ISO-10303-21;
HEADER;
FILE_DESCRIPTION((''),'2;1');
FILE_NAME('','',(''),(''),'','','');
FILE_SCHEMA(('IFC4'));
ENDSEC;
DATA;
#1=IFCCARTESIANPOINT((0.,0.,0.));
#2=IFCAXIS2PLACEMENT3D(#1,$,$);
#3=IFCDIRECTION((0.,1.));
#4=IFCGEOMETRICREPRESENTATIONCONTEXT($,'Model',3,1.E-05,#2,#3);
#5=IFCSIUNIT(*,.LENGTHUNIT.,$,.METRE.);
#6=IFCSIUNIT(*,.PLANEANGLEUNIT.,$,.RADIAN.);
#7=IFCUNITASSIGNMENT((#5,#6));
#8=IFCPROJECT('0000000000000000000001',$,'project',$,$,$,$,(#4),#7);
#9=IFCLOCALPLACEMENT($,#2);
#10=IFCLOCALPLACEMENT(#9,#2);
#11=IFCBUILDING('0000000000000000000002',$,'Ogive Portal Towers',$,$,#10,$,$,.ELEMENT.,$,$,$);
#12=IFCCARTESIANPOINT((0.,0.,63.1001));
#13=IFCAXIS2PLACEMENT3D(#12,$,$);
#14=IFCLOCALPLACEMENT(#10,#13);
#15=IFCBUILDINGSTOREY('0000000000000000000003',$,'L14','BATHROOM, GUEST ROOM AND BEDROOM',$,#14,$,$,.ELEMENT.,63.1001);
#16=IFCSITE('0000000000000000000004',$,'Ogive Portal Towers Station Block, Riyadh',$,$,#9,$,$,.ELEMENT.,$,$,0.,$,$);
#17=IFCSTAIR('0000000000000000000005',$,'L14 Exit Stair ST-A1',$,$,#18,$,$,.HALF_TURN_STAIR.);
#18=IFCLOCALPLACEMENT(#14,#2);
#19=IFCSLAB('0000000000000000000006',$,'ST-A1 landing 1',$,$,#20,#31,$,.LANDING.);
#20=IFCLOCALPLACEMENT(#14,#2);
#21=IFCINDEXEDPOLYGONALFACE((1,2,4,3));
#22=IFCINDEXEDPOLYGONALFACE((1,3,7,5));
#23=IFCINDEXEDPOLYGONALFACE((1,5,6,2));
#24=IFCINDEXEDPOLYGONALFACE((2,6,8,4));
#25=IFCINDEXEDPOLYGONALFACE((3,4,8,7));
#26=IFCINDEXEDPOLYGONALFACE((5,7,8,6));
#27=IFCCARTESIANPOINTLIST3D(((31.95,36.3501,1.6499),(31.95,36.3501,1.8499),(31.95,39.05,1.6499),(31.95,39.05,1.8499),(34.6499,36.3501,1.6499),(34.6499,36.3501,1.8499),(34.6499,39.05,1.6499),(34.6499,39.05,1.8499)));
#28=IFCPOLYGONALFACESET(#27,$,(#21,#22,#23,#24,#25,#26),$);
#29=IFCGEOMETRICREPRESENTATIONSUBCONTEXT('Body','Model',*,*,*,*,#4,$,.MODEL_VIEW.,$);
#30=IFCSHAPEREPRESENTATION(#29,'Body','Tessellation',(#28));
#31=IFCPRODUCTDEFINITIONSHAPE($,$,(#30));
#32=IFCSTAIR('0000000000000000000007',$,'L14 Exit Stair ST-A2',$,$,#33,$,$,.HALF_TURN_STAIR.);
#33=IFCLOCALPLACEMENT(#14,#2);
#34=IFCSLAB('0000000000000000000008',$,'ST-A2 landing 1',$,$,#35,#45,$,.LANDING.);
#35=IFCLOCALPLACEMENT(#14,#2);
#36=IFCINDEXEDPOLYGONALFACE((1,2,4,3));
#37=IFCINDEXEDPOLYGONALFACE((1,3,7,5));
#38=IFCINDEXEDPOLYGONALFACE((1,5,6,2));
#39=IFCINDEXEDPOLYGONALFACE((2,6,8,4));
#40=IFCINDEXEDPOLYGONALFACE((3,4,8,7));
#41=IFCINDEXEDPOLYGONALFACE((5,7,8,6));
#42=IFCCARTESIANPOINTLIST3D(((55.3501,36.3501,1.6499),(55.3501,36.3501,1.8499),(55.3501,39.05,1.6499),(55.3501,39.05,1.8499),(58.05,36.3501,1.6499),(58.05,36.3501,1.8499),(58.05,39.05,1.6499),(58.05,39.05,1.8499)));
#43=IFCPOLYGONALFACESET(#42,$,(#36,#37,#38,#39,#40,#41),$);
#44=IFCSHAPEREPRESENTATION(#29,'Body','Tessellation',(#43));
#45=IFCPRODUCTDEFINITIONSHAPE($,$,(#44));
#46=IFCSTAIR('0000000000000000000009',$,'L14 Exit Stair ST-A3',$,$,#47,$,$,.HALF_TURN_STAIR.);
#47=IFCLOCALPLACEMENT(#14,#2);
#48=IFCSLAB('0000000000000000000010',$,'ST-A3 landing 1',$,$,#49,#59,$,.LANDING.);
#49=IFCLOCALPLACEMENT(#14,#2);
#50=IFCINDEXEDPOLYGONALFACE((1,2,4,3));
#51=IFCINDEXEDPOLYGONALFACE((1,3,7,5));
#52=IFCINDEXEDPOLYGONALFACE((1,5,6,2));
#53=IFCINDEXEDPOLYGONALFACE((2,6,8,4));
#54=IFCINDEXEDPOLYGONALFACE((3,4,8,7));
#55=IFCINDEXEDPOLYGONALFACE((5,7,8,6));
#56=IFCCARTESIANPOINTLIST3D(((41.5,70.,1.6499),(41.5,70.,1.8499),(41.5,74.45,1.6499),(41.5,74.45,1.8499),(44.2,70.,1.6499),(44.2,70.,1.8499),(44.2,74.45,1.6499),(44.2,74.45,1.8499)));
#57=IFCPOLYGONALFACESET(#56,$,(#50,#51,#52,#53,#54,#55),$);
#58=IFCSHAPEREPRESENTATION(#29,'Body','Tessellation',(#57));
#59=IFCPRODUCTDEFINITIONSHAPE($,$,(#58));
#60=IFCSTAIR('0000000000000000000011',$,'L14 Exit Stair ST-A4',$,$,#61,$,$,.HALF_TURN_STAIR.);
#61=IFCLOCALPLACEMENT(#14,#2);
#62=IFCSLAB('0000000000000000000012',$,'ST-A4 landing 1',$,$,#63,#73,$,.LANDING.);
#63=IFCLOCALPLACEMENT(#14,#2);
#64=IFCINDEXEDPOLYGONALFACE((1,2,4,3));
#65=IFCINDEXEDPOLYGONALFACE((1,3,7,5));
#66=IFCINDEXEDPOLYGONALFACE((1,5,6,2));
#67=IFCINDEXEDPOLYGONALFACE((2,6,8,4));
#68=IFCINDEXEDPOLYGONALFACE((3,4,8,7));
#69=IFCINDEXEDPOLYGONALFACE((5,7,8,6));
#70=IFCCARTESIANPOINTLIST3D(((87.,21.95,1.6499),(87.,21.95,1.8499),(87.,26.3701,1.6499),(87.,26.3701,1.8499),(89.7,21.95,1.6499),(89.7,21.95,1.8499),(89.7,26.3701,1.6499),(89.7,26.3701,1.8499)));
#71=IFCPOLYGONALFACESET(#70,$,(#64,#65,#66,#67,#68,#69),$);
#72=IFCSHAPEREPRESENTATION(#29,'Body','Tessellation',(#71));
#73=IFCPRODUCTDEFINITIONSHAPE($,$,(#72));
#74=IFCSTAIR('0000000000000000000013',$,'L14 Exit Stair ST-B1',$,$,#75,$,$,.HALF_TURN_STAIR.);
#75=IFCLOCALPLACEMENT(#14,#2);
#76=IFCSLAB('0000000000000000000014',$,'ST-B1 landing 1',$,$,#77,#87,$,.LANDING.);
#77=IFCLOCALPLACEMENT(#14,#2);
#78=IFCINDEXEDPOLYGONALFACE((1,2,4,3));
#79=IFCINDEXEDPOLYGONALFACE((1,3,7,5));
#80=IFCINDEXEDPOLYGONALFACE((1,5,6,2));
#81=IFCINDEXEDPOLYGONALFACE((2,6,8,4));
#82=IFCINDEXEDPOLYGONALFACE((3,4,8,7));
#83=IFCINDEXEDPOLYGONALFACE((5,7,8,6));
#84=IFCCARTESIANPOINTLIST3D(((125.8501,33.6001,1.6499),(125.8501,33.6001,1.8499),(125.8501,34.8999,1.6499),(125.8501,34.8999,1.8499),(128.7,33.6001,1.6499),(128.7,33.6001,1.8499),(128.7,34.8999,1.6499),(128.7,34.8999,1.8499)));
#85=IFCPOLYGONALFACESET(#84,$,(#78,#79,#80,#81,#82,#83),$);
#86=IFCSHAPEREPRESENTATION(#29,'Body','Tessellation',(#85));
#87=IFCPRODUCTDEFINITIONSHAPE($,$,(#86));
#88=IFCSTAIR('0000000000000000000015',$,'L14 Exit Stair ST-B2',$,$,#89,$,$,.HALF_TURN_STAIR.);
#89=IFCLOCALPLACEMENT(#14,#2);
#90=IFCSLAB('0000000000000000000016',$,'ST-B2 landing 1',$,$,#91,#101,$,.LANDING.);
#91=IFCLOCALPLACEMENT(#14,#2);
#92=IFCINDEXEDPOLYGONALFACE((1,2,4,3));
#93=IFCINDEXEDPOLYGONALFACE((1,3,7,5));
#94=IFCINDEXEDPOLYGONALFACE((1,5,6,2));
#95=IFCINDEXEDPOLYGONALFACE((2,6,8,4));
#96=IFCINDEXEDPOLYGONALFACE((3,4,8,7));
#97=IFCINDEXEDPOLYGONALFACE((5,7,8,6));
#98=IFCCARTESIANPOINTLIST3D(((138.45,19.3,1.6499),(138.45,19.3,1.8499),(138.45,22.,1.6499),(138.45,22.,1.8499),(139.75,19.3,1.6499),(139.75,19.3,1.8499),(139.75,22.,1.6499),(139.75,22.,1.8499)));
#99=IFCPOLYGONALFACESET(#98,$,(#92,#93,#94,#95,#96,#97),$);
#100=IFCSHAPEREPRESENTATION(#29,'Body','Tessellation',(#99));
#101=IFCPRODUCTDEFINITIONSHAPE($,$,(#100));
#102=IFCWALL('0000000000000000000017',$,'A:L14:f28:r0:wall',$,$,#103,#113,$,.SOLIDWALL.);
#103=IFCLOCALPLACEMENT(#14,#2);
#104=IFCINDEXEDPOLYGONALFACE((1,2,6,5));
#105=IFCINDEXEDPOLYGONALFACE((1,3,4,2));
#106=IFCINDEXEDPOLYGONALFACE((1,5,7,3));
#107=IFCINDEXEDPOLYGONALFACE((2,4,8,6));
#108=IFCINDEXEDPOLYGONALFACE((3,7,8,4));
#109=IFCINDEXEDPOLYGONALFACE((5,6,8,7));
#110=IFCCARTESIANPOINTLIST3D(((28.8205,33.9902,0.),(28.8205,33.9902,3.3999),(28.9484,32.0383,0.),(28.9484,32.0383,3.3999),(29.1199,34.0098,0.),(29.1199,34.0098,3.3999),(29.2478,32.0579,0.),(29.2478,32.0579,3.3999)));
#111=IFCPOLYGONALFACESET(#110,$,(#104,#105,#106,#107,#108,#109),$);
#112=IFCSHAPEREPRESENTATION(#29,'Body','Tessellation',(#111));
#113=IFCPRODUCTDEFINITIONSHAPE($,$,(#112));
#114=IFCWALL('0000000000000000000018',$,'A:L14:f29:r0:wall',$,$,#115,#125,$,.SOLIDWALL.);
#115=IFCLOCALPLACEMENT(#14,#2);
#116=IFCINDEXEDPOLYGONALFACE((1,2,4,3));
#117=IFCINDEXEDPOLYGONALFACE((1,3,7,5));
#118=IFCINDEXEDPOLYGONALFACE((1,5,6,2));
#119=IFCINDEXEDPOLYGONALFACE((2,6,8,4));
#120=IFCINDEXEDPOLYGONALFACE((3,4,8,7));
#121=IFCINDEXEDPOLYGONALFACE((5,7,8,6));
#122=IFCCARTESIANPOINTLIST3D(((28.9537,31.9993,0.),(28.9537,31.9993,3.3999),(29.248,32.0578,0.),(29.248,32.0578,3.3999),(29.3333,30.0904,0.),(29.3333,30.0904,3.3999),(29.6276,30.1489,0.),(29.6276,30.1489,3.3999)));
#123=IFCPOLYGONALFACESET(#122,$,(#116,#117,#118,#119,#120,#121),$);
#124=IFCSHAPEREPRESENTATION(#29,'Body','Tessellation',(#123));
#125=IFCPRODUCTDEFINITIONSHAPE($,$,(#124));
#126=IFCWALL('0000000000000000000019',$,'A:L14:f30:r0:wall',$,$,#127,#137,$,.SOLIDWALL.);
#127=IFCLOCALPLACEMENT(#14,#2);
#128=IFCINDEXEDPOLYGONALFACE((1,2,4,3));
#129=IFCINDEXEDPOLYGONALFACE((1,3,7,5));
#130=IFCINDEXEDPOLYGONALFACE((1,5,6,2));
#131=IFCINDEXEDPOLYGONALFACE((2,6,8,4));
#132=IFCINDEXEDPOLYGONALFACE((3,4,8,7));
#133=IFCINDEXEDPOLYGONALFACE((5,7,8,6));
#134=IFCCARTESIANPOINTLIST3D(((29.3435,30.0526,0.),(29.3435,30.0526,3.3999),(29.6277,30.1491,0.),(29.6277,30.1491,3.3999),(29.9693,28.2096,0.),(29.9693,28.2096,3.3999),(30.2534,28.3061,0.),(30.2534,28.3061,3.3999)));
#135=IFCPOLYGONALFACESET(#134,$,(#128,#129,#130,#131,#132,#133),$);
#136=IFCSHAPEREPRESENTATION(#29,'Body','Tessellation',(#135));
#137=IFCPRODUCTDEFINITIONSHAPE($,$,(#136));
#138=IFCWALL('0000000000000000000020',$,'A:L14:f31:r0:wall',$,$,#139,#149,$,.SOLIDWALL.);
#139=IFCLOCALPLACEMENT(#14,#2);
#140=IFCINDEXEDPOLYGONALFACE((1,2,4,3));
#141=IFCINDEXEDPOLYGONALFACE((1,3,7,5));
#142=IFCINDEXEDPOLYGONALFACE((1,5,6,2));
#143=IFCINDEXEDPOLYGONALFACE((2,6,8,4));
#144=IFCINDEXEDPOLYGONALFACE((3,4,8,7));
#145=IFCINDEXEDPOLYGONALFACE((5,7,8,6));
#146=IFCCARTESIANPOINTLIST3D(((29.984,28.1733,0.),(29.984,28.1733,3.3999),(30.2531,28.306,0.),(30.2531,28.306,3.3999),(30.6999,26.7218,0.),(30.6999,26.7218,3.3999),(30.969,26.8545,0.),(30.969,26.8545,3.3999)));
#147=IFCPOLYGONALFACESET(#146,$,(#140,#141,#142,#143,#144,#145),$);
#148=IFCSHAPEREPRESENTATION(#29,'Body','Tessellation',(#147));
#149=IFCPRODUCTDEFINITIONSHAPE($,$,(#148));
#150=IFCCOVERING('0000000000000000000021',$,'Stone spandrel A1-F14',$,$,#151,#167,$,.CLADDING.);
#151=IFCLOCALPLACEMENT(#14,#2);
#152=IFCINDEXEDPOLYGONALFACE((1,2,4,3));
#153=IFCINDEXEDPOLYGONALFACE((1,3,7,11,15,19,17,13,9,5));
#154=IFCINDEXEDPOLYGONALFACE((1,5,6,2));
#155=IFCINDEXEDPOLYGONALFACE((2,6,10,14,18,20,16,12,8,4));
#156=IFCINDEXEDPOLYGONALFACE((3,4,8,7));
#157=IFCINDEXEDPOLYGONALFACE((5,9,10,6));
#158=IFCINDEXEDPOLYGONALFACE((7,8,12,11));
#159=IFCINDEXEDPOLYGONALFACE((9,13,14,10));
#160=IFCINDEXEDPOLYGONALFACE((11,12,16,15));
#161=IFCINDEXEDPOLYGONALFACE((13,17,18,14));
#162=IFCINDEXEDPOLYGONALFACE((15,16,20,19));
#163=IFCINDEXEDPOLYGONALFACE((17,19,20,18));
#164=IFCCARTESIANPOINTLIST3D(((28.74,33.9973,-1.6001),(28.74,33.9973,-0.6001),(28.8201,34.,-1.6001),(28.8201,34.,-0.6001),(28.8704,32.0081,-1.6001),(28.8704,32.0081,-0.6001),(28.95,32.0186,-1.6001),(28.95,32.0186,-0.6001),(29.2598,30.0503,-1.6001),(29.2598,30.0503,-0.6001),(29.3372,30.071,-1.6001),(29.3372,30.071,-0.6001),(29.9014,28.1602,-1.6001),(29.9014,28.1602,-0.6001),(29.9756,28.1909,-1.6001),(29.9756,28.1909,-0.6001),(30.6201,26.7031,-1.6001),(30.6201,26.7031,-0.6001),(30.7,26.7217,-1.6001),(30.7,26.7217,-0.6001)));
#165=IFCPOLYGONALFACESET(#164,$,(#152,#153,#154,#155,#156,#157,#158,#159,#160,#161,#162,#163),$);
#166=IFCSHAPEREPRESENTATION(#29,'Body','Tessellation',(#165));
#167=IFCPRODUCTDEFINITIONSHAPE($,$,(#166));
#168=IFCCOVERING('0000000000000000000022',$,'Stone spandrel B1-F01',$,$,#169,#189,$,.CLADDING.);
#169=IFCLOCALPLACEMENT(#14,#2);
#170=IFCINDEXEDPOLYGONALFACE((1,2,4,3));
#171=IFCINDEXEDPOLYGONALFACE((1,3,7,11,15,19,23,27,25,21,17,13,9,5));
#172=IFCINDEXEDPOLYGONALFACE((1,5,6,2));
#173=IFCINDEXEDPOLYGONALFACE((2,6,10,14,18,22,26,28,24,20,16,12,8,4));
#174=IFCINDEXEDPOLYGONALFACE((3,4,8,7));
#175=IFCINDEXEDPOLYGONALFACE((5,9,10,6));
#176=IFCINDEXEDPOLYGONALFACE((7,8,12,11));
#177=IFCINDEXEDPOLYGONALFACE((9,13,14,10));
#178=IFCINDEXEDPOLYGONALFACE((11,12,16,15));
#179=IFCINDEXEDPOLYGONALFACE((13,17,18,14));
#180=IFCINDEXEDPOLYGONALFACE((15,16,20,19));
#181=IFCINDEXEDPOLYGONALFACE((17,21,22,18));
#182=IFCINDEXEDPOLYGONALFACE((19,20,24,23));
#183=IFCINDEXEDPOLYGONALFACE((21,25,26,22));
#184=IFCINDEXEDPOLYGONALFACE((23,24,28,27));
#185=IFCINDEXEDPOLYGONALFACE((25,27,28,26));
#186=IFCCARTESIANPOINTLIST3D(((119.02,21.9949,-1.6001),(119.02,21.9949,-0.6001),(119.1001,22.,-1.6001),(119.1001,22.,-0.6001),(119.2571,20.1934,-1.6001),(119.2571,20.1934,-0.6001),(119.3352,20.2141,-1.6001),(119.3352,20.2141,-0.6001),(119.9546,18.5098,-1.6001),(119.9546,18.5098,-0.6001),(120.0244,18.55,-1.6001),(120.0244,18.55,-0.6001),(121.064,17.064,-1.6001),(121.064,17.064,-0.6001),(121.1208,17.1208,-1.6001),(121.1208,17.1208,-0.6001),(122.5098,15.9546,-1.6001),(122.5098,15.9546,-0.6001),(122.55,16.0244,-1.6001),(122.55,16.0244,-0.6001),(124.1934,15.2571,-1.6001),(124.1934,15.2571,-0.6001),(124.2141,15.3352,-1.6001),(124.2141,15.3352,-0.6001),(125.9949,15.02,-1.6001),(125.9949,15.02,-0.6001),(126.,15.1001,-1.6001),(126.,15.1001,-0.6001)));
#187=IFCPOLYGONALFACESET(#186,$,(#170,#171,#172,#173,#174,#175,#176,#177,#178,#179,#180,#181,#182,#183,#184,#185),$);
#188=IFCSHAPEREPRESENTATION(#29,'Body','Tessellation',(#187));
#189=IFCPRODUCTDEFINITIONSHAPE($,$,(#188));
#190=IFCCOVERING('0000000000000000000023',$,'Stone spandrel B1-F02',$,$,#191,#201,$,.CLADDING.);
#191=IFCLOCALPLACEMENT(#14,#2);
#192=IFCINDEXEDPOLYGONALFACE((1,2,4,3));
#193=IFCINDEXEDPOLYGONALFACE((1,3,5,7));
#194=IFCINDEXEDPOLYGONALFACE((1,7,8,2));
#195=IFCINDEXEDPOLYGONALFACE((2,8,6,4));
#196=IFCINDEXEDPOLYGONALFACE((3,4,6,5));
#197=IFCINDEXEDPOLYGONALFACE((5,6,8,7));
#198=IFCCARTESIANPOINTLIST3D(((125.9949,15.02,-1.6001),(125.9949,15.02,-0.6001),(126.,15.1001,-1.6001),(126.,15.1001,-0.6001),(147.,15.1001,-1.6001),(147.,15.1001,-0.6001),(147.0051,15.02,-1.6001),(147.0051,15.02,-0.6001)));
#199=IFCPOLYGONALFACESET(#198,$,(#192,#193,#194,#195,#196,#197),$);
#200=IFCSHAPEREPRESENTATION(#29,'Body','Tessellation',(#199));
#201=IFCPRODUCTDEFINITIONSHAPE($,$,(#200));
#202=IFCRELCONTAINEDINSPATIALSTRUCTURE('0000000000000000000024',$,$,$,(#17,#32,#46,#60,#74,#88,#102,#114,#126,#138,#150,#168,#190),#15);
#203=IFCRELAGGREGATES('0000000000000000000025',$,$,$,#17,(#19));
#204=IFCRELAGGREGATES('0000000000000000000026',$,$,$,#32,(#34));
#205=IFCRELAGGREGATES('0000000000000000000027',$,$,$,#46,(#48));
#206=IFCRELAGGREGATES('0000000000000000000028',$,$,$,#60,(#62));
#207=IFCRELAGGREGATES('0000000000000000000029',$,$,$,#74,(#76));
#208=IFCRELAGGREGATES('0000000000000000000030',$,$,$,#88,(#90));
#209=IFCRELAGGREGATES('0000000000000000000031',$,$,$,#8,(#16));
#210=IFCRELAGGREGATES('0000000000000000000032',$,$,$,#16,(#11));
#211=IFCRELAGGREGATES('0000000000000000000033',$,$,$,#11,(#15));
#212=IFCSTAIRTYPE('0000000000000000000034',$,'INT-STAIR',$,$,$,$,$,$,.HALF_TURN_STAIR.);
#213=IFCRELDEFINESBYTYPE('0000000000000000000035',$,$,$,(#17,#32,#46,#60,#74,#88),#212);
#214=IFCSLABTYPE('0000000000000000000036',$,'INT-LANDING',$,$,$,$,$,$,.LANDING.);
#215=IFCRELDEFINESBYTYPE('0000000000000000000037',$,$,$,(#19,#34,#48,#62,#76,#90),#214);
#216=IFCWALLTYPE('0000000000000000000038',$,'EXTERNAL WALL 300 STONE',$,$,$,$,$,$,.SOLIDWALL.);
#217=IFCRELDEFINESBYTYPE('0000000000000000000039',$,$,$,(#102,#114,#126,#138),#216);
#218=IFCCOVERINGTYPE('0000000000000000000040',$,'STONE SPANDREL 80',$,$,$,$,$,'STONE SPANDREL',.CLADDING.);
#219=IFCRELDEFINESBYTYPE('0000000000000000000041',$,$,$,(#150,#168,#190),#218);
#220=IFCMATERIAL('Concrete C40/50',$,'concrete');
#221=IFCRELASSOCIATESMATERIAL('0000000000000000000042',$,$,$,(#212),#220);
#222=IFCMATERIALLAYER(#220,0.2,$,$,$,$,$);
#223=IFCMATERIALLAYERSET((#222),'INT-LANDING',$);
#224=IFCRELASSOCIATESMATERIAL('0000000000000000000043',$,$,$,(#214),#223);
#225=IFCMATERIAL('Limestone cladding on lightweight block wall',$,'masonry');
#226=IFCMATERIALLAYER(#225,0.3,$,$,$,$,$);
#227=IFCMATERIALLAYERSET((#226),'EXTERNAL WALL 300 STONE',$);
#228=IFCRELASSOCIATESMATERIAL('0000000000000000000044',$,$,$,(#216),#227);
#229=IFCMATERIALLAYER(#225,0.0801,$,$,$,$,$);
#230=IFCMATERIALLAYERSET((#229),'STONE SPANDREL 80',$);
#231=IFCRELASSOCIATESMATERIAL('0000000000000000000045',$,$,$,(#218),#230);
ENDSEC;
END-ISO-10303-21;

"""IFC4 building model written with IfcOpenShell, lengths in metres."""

from ifc_helpers import new_model, si_unit, direction, frame, frame_2d, origin, place, context, subcontext, project, spatial, polyline, rectangle, outline, extrude, material, layer, layer_set, type_object, element, aggregate, save


model = new_model("IFC4")

# Units and contexts
model_context = context("Model", 3, precision=1e-05, world=origin(), true_north=direction((0.0, 1.0)))
body_context = subcontext(model_context, "Body", "Model", "MODEL_VIEW")
ifc_project = project(units=[si_unit("LENGTHUNIT", "METRE"), si_unit("PLANEANGLEUNIT", "RADIAN")], contexts=[model_context])

# Site, building, storey
site_placement = place(None, origin())
site = spatial("IfcSite", under=ifc_project, at=site_placement, Name="Ogive Portal Towers Station Block, Riyadh", CompositionType="ELEMENT", RefElevation=0.0)
building_placement = place(site_placement, origin())
building = spatial("IfcBuilding", under=site, at=building_placement, Name="Ogive Portal Towers", CompositionType="ELEMENT")
storey_placement = place(building_placement, frame((0.0, 0.0, 63.1001)))
storey = spatial("IfcBuildingStorey", under=building, at=storey_placement, Name="L14", Description="BATHROOM, GUEST ROOM AND BEDROOM", CompositionType="ELEMENT", Elevation=63.1001)

# Stairs, slabs
ifc_material_1 = material(Name="Concrete C40/50", Category="concrete")
stair_type = type_object("IfcStairType", Name="INT-STAIR", PredefinedType="HALF_TURN_STAIR", material=ifc_material_1)
stair_1_placement = place(storey_placement, origin())
stair_1 = element("IfcStair", 1, at=stair_1_placement, inside=storey, type_object=stair_type, Name="L14 Exit Stair ST-A1", PredefinedType="HALF_TURN_STAIR")
ifc_layer_1 = layer(ifc_material_1, 0.2)
ifc_layer_set_1 = layer_set([ifc_layer_1], Name="INT-LANDING")
slab_type = type_object("IfcSlabType", Name="INT-LANDING", PredefinedType="LANDING", material=ifc_layer_set_1)
slab_1_placement = place(storey_placement, frame((0.0, 0.0, 1.6499)))
slab_1 = element("IfcSlab", 2, at=slab_1_placement, type_object=slab_type, Name="ST-A1 landing 1", PredefinedType="LANDING", context=body_context, shape_type="SweptSolid", body=[
    extrude(outline(polyline([(34.6499, 39.05), (31.95, 39.05), (31.95, 36.3501), (34.6499, 36.3501), (34.6499, 39.05)])), origin(), (0.0, 0.0, 1.0), 0.2),
])
aggregate(stair_1, [slab_1])
stair_2_placement = place(storey_placement, origin())
stair_2 = element("IfcStair", 3, at=stair_2_placement, inside=storey, type_object=stair_type, Name="L14 Exit Stair ST-A2", PredefinedType="HALF_TURN_STAIR")
slab_2_placement = place(storey_placement, frame((0.0, 0.0, 1.6499)))
slab_2 = element("IfcSlab", 4, at=slab_2_placement, type_object=slab_type, Name="ST-A2 landing 1", PredefinedType="LANDING", context=body_context, shape_type="SweptSolid", body=[
    extrude(outline(polyline([(55.3501, 36.3501), (58.05, 36.3501), (58.05, 39.05), (55.3501, 39.05), (55.3501, 36.3501)])), origin(), (0.0, 0.0, 1.0), 0.2),
])
aggregate(stair_2, [slab_2])
stair_3_placement = place(storey_placement, origin())
stair_3 = element("IfcStair", 5, at=stair_3_placement, inside=storey, type_object=stair_type, Name="L14 Exit Stair ST-A3", PredefinedType="HALF_TURN_STAIR")
slab_3_placement = place(storey_placement, frame((0.0, 0.0, 1.6499)))
slab_3 = element("IfcSlab", 6, at=slab_3_placement, type_object=slab_type, Name="ST-A3 landing 1", PredefinedType="LANDING", context=body_context, shape_type="SweptSolid", body=[
    extrude(outline(polyline([(44.2, 70.0), (44.2, 74.45), (41.5, 74.45), (41.5, 70.0), (44.2, 70.0)])), origin(), (0.0, 0.0, 1.0), 0.2),
])
aggregate(stair_3, [slab_3])
stair_4_placement = place(storey_placement, origin())
stair_4 = element("IfcStair", 7, at=stair_4_placement, inside=storey, type_object=stair_type, Name="L14 Exit Stair ST-A4", PredefinedType="HALF_TURN_STAIR")
slab_4_placement = place(storey_placement, frame((0.0, 0.0, 1.6499)))
slab_4 = element("IfcSlab", 8, at=slab_4_placement, type_object=slab_type, Name="ST-A4 landing 1", PredefinedType="LANDING", context=body_context, shape_type="SweptSolid", body=[
    extrude(outline(polyline([(87.0, 26.3701), (87.0, 21.95), (89.7, 21.95), (89.7, 26.3701), (87.0, 26.3701)])), origin(), (0.0, 0.0, 1.0), 0.2),
])
aggregate(stair_4, [slab_4])
stair_5_placement = place(storey_placement, origin())
stair_5 = element("IfcStair", 9, at=stair_5_placement, inside=storey, type_object=stair_type, Name="L14 Exit Stair ST-B1", PredefinedType="HALF_TURN_STAIR")
slab_5_placement = place(storey_placement, frame((0.0, 0.0, 1.6499)))
slab_5 = element("IfcSlab", 10, at=slab_5_placement, type_object=slab_type, Name="ST-B1 landing 1", PredefinedType="LANDING", context=body_context, shape_type="SweptSolid", body=[
    extrude(outline(polyline([(128.7, 33.6001), (128.7, 34.8999), (125.8501, 34.8999), (125.8501, 33.6001), (128.7, 33.6001)])), origin(), (0.0, 0.0, 1.0), 0.2),
])
aggregate(stair_5, [slab_5])
stair_6_placement = place(storey_placement, origin())
stair_6 = element("IfcStair", 11, at=stair_6_placement, inside=storey, type_object=stair_type, Name="L14 Exit Stair ST-B2", PredefinedType="HALF_TURN_STAIR")
slab_6_placement = place(storey_placement, frame((0.0, 0.0, 1.6499)))
slab_6 = element("IfcSlab", 12, at=slab_6_placement, type_object=slab_type, Name="ST-B2 landing 1", PredefinedType="LANDING", context=body_context, shape_type="SweptSolid", body=[
    extrude(outline(polyline([(139.75, 22.0), (138.45, 22.0), (138.45, 19.3), (139.75, 19.3), (139.75, 22.0)])), origin(), (0.0, 0.0, 1.0), 0.2),
])
aggregate(stair_6, [slab_6])

# Walls
ifc_material_2 = material(Name="Limestone cladding on lightweight block wall", Category="masonry")
ifc_layer_2 = layer(ifc_material_2, 0.3)
ifc_layer_set_2 = layer_set([ifc_layer_2], Name="EXTERNAL WALL 300 STONE")
wall_type = type_object("IfcWallType", Name="EXTERNAL WALL 300 STONE", PredefinedType="SOLIDWALL", material=ifc_layer_set_2)
wall_1_placement = place(storey_placement, frame((28.9702, 34.0, 0.0), z_axis=(0.0, 0.0, 1.0), x_axis=(0.065401, -0.997859, 0.0)))
element("IfcWall", 13, at=wall_1_placement, inside=storey, type_object=wall_type, Name="A:L14:f28:r0:wall", PredefinedType="SOLIDWALL", context=body_context, shape_type="SweptSolid", body=[
    extrude(rectangle(XDim=1.9561, YDim=0.3, at=frame_2d((0.978, 0.0))), origin(), (0.0, 0.0, 1.0), 3.3999),
])
for number, where, z_axis, x_axis, name in (
    (14, (29.1008, 32.0286, 0.0), (0.0, 0.0, 1.0), (0.195055, -0.980792, 0.0), "A:L14:f29:r0:wall"),
    (15, (29.4856, 30.1008, 0.0), (0.0, 0.0, 1.0), (0.321491, -0.946913, 0.0), "A:L14:f30:r0:wall"),
):
    element("IfcWall", number, at=place(storey_placement, frame(where, z_axis=z_axis, x_axis=x_axis)), inside=storey, type_object=wall_type, Name=name, PredefinedType="SOLIDWALL", context=body_context, shape_type="SweptSolid", body=[
        extrude(rectangle(XDim=1.9463, YDim=0.3, at=frame_2d((0.9731, 0.0))), origin(), (0.0, 0.0, 1.0), 3.3999),
    ])
wall_2_placement = place(storey_placement, frame((30.1187, 28.2395, 0.0), z_axis=(0.0, 0.0, 1.0), x_axis=(0.442319, -0.896858, 0.0)))
element("IfcWall", 16, at=wall_2_placement, inside=storey, type_object=wall_type, Name="A:L14:f31:r0:wall", PredefinedType="SOLIDWALL", context=body_context, shape_type="SweptSolid", body=[
    extrude(rectangle(XDim=1.6184, YDim=0.3, at=frame_2d((0.8091, 0.0))), origin(), (0.0, 0.0, 1.0), 3.3999),
])

# Coverings
ifc_layer_3 = layer(ifc_material_2, 0.0801)
ifc_layer_set_3 = layer_set([ifc_layer_3], Name="STONE SPANDREL 80")
covering_type_1 = type_object("IfcCoveringType", Name="STONE SPANDREL 80", ElementType="STONE SPANDREL", PredefinedType="CLADDING", material=ifc_layer_set_3)
covering_1_placement = place(storey_placement, frame((0.0, 0.0, -1.6001)))
element("IfcCovering", 17, at=covering_1_placement, inside=storey, type_object=covering_type_1, Name="Stone spandrel A1-F14", PredefinedType="CLADDING", context=body_context, shape_type="SweptSolid", body=[
    extrude(outline(polyline([(28.8201, 34.0), (28.95, 32.0186), (29.3372, 30.071), (29.9756, 28.1909), (30.7, 26.7217), (30.6201, 26.7031), (29.9014, 28.1602), (29.2598, 30.0503), (28.8704, 32.0081), (28.74, 33.9973), (28.8201, 34.0)])), origin(), (0.0, 0.0, 1.0), 1.0),
])
covering_2_placement = place(storey_placement, frame((0.0, 0.0, -1.6001)))
element("IfcCovering", 18, at=covering_2_placement, inside=storey, type_object=covering_type_1, Name="Stone spandrel B1-F01", PredefinedType="CLADDING", context=body_context, shape_type="SweptSolid", body=[
    extrude(outline(polyline([(119.1001, 22.0), (119.3352, 20.2141), (120.0244, 18.55), (121.1208, 17.1208), (122.55, 16.0244), (124.2141, 15.3352), (126.0, 15.1001), (125.9949, 15.02), (124.1934, 15.2571), (122.5098, 15.9546), (121.064, 17.064), (119.9546, 18.5098), (119.2571, 20.1934), (119.02, 21.9949), (119.1001, 22.0)])), origin(), (0.0, 0.0, 1.0), 1.0),
])
covering_3_placement = place(storey_placement, frame((0.0, 0.0, -1.6001)))
element("IfcCovering", 19, at=covering_3_placement, inside=storey, type_object=covering_type_1, Name="Stone spandrel B1-F02", PredefinedType="CLADDING", context=body_context, shape_type="SweptSolid", body=[
    extrude(outline(polyline([(126.0, 15.1001), (147.0, 15.1001), (147.0051, 15.02), (125.9949, 15.02), (126.0, 15.1001)])), origin(), (0.0, 0.0, 1.0), 1.0),
])

save(model, "model.ifc")
